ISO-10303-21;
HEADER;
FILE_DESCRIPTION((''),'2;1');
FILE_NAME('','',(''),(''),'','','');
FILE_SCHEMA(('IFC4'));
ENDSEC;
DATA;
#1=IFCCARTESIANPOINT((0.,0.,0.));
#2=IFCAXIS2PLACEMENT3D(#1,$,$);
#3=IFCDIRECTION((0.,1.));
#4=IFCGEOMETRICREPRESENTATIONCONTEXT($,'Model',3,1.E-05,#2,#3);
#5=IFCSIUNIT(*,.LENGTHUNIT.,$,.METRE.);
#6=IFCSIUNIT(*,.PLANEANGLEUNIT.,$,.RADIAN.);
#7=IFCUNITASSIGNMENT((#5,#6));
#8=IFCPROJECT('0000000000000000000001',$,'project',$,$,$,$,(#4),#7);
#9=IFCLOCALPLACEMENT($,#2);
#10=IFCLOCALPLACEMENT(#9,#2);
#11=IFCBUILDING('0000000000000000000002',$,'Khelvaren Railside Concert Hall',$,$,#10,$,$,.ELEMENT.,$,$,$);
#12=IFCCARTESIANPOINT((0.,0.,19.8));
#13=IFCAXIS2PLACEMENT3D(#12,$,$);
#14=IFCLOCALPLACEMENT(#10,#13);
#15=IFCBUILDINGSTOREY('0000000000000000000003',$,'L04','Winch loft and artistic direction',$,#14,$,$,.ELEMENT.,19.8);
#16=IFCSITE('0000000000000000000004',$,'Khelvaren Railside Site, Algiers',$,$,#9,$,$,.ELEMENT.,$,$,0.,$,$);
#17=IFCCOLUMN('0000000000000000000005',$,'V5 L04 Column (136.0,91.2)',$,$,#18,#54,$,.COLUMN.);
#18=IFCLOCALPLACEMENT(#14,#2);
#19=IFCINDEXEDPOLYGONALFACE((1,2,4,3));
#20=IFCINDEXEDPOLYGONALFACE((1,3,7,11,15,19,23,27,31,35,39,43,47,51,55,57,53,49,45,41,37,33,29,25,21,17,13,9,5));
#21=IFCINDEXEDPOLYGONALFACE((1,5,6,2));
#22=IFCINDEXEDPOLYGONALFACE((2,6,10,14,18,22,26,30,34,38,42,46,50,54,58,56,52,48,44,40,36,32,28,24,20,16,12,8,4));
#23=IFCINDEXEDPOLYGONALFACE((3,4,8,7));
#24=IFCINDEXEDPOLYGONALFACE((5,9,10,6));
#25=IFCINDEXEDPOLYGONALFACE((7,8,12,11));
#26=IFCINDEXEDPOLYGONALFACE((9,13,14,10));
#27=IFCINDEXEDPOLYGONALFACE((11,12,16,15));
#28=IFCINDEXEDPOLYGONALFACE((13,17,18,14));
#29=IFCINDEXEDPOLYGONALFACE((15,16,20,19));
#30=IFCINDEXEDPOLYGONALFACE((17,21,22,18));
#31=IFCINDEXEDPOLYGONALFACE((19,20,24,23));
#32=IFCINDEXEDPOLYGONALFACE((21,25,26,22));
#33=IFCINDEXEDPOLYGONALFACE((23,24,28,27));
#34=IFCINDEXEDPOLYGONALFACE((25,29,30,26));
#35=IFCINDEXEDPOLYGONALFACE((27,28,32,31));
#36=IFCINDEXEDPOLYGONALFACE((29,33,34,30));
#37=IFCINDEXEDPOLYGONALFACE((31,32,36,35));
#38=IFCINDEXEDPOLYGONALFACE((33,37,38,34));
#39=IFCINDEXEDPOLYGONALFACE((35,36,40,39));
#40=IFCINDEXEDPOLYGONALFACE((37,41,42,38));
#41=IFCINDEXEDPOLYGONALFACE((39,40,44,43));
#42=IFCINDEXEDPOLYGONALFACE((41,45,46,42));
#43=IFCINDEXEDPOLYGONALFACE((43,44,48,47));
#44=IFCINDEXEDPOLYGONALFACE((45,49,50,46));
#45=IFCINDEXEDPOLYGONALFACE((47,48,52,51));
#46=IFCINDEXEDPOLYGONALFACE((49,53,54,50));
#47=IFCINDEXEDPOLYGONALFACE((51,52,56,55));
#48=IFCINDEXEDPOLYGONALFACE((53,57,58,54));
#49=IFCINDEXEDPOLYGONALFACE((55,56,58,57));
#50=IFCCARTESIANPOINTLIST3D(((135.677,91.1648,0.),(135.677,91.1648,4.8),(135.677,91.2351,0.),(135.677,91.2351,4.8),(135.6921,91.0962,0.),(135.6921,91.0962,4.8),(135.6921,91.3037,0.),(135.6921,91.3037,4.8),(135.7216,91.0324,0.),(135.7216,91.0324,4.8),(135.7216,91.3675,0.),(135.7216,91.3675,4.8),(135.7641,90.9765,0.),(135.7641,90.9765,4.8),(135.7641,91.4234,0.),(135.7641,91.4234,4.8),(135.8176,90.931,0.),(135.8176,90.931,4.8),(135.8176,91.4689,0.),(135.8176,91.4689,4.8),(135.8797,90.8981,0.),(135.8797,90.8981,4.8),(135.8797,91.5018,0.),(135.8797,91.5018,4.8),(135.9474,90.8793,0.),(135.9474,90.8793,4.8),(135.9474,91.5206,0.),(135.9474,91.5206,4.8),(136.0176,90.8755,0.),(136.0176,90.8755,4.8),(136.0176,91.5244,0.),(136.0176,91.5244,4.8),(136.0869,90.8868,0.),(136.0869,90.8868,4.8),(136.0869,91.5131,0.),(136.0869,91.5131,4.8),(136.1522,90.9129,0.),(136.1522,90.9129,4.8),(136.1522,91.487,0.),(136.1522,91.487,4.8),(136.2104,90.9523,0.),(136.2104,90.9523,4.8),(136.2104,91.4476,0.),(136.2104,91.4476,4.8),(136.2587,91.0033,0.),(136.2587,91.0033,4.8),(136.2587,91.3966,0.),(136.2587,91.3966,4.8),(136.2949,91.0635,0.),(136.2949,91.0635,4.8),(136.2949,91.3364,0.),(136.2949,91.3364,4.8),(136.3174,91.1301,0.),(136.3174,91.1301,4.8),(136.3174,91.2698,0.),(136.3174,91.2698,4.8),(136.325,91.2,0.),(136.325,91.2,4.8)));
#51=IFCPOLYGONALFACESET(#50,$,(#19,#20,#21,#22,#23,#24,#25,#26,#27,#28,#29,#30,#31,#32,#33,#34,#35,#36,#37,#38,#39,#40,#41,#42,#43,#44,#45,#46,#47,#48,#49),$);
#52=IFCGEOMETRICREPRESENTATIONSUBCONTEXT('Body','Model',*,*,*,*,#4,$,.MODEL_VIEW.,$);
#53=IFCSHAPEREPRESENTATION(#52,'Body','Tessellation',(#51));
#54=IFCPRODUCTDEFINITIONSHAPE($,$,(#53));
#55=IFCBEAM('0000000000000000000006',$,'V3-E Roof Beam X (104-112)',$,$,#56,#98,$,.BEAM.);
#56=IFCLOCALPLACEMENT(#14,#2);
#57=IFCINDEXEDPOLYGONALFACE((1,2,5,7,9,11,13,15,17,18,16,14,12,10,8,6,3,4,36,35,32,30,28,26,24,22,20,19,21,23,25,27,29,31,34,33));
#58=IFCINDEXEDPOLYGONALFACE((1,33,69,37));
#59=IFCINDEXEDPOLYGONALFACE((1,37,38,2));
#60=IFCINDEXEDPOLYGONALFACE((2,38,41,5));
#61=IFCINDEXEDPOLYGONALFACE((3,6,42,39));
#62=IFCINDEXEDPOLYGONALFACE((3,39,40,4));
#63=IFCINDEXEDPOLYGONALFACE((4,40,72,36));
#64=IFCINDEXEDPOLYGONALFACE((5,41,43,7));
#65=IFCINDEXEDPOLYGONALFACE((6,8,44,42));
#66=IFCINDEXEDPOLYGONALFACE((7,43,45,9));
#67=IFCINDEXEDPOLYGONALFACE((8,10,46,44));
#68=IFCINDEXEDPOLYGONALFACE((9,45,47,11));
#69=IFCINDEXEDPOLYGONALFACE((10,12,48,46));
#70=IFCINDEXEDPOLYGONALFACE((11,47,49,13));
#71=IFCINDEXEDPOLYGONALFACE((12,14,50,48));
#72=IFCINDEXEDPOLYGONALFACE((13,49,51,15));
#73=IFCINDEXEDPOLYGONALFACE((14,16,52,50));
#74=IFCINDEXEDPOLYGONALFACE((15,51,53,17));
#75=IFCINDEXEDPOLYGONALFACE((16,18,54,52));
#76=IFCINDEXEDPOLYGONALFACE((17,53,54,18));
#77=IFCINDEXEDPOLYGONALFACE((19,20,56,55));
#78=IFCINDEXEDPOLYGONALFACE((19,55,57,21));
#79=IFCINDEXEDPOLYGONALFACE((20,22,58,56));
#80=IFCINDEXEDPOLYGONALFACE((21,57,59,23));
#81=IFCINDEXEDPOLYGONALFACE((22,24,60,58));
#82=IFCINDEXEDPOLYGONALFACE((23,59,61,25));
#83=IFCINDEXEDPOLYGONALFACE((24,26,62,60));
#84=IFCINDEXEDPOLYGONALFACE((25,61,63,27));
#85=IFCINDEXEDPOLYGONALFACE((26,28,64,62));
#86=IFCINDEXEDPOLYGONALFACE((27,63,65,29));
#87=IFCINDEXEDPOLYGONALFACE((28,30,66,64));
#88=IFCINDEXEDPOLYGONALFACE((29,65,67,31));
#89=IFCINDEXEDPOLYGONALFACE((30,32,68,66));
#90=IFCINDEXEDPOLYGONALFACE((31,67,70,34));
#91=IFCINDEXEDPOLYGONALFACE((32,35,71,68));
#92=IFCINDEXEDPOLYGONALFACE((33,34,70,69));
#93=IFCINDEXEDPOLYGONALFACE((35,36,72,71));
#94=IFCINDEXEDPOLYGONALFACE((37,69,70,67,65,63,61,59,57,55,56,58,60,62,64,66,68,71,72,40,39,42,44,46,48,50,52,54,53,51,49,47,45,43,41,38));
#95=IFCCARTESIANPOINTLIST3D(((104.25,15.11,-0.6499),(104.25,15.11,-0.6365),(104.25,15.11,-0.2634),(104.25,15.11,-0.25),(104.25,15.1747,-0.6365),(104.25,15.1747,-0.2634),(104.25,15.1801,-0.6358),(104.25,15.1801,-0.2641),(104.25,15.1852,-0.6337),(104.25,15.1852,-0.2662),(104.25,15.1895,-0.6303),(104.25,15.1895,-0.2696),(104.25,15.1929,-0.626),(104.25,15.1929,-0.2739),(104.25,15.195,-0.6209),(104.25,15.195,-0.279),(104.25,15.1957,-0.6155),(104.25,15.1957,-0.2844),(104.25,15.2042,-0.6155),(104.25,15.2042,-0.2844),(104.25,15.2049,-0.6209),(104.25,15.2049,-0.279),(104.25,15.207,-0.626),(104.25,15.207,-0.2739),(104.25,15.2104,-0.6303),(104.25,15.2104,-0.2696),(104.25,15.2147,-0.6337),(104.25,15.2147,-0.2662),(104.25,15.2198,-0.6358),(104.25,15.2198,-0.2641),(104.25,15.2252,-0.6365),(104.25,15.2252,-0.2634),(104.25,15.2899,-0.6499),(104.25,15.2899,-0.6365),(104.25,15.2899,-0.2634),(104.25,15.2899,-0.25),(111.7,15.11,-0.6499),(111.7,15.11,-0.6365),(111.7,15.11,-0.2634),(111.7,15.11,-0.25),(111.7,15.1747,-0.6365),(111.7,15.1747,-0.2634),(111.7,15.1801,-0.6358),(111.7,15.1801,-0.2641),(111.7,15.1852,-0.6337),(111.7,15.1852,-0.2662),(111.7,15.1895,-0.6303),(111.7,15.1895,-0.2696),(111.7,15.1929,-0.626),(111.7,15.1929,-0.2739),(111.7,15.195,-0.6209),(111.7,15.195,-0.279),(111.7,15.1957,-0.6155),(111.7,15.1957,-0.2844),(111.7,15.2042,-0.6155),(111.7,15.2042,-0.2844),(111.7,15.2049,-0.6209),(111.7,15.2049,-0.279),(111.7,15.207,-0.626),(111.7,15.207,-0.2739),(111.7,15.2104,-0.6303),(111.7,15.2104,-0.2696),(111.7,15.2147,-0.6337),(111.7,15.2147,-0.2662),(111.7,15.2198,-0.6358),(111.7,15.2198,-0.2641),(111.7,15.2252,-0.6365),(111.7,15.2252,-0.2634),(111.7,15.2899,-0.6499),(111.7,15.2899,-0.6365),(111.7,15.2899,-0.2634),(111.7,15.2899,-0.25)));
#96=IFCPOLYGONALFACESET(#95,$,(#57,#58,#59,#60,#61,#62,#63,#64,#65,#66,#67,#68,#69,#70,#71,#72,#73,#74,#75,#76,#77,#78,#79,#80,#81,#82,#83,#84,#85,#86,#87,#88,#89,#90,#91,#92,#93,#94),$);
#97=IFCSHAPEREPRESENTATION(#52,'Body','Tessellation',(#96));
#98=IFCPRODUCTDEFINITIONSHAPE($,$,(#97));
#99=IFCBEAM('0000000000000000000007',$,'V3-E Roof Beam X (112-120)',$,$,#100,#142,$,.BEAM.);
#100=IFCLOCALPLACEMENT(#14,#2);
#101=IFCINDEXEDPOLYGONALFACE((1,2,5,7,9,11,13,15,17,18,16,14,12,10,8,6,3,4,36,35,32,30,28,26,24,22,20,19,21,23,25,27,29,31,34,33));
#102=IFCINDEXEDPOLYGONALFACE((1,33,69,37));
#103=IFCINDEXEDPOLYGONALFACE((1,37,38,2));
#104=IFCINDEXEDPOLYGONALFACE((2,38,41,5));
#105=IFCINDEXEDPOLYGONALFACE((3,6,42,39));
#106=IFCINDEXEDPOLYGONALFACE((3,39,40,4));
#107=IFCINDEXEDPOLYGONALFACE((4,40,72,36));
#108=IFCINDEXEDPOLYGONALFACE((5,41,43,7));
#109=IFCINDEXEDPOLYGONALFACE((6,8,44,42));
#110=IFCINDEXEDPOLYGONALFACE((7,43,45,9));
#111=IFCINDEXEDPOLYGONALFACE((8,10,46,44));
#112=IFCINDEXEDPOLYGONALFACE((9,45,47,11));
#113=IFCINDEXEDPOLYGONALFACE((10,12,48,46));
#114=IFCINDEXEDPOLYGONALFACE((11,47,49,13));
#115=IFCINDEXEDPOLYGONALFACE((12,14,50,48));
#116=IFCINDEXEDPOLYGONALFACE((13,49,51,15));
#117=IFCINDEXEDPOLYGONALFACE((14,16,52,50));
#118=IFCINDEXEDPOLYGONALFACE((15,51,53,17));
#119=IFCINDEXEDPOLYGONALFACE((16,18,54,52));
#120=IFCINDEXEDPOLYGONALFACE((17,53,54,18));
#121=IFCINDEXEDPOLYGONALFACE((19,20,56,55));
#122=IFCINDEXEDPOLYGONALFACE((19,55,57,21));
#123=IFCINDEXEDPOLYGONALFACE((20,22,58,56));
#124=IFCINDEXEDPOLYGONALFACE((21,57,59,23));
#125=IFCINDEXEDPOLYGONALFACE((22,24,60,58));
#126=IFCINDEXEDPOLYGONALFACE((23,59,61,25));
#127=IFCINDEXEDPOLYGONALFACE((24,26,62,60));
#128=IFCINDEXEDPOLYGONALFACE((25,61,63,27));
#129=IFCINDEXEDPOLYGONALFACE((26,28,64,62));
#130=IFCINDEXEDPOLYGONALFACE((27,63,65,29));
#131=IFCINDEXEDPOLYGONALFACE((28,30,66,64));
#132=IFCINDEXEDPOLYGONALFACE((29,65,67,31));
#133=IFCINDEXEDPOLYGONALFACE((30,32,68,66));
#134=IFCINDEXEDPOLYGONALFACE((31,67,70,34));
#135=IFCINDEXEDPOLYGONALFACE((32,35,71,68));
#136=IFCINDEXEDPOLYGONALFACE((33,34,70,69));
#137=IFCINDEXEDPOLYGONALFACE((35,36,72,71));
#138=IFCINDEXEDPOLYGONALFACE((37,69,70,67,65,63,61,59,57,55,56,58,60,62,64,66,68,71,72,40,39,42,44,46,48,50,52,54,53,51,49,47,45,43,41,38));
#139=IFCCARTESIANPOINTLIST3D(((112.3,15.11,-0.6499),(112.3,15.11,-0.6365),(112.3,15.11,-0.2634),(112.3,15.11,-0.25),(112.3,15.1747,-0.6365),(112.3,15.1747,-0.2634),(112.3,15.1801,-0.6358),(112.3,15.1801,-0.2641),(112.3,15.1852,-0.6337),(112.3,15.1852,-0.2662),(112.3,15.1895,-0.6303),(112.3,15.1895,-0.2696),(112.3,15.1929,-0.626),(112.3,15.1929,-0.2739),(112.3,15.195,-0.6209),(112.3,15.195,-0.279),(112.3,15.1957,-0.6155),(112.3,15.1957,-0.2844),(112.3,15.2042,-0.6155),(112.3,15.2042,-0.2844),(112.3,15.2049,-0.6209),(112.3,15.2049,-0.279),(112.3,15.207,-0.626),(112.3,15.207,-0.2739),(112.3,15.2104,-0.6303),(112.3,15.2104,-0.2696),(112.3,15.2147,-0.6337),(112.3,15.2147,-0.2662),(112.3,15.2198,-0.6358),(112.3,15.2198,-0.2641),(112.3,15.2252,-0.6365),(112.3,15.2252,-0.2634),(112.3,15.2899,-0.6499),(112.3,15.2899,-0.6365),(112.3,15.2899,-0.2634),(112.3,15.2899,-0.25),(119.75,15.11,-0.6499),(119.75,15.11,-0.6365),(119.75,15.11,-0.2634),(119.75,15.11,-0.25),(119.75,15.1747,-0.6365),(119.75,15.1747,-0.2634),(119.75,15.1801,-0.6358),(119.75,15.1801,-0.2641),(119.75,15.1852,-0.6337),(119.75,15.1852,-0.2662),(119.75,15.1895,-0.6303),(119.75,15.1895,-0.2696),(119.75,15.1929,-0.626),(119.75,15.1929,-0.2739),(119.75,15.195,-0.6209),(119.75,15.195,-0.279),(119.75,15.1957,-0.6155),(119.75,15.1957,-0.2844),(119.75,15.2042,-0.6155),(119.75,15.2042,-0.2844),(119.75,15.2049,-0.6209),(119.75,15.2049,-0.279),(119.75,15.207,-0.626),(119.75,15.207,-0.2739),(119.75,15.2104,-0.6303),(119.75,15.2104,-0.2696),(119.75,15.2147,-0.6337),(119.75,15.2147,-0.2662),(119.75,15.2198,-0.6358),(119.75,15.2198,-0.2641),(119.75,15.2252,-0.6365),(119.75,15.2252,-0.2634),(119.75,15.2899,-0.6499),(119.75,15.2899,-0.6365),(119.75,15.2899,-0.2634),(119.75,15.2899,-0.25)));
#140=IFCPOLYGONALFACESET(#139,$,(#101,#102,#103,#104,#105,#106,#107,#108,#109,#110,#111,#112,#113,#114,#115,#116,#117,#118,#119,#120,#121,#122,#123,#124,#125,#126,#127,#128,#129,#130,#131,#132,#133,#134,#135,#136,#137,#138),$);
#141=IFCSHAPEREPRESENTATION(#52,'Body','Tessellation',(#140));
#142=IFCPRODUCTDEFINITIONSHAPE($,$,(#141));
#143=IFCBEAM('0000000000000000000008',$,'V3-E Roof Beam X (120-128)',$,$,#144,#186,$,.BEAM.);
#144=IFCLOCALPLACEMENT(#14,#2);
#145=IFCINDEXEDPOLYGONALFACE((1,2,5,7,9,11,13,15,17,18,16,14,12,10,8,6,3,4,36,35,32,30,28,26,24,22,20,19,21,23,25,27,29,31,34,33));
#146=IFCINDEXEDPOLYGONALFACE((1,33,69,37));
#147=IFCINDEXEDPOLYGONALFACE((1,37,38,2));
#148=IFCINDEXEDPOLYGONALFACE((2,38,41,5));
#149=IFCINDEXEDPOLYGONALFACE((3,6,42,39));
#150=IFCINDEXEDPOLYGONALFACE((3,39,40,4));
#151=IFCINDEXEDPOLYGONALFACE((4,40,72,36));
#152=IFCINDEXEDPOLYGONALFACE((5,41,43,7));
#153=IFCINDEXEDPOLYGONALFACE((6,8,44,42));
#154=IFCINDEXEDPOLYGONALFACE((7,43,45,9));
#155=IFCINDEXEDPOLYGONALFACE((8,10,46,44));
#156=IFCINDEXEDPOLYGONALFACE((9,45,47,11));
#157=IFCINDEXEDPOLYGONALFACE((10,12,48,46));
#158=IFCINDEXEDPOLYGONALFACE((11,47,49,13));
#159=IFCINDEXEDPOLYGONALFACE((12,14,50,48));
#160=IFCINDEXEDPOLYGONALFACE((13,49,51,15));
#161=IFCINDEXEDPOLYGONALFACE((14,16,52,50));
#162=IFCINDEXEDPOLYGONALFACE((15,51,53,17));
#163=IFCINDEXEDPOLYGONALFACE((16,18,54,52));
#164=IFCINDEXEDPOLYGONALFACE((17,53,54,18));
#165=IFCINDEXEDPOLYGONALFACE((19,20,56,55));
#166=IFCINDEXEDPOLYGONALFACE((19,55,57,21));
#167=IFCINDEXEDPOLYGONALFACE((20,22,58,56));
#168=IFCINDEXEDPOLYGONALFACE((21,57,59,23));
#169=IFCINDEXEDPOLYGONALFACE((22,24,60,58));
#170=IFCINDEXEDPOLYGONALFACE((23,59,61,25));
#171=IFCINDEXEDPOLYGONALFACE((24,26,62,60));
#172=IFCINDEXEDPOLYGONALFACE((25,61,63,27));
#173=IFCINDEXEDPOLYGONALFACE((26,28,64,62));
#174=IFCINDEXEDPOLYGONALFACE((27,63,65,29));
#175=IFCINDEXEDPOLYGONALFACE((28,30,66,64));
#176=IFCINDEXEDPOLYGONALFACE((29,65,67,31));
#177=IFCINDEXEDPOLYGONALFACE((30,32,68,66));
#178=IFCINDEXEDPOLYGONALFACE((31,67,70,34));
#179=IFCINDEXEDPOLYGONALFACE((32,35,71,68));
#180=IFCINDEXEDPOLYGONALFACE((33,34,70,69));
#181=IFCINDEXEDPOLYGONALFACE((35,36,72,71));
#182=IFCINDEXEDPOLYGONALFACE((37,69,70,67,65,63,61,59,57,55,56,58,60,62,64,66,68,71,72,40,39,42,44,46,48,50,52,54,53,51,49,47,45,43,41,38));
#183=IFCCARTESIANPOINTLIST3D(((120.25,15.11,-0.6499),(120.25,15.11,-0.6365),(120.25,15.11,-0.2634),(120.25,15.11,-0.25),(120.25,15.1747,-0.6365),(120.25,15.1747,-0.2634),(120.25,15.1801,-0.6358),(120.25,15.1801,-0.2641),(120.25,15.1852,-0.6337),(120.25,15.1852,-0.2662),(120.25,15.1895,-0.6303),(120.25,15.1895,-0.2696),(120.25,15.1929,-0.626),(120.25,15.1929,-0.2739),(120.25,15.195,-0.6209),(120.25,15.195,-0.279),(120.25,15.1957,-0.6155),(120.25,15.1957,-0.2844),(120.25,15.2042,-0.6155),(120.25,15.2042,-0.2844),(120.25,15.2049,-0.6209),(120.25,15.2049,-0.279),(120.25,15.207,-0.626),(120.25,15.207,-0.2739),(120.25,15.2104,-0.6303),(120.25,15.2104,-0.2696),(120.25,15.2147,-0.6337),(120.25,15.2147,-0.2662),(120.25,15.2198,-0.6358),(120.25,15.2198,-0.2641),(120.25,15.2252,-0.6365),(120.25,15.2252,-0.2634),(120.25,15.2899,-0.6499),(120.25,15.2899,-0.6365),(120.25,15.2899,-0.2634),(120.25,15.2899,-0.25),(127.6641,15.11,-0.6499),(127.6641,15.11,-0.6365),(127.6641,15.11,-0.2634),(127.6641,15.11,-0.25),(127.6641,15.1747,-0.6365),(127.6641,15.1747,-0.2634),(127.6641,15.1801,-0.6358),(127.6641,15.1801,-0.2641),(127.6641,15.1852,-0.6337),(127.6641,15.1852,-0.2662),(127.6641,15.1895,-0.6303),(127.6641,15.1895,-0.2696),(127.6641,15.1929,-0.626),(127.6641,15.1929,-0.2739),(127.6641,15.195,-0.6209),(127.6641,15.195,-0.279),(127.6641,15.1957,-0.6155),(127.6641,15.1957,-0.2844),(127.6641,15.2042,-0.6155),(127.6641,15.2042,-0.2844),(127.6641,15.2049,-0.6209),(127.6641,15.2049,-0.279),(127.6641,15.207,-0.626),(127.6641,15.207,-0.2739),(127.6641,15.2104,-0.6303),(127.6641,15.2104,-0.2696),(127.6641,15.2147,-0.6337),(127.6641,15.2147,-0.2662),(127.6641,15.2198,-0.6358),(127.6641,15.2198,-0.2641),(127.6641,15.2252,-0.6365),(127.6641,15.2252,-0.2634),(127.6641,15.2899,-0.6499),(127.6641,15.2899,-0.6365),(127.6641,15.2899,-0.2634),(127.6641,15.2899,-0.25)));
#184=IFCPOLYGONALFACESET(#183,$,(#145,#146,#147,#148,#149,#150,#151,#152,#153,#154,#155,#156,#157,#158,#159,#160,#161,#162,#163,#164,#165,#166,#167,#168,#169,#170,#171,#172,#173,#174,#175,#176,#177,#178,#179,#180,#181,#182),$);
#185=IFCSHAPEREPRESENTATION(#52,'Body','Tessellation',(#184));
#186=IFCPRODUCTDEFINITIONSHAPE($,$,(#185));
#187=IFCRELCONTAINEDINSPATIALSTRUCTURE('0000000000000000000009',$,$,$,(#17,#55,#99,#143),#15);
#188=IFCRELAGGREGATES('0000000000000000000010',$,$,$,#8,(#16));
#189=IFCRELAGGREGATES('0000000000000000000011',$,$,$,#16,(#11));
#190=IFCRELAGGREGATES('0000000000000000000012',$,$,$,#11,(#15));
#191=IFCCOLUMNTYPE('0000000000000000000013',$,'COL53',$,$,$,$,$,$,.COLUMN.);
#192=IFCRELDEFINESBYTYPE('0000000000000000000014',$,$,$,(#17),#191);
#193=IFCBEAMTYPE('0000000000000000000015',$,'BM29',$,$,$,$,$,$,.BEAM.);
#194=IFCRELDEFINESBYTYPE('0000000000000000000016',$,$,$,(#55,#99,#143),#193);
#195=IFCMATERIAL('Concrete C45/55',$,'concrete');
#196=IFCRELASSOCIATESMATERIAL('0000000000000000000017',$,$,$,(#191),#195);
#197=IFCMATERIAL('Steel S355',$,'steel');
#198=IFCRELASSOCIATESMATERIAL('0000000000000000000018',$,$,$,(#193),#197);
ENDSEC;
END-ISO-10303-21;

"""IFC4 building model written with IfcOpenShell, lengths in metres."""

from ifc_helpers import new_model, si_unit, direction, frame, origin, origin_2d, place, context, subcontext, project, spatial, circle, i_section, extrude, material, material_profile, profile_set, type_object, element, save


model = new_model("IFC4")

# Units and contexts
model_context = context("Model", 3, precision=1e-05, world=origin(), true_north=direction((0.0, 1.0)))
body_context = subcontext(model_context, "Body", "Model", "MODEL_VIEW")
ifc_project = project(units=[si_unit("LENGTHUNIT", "METRE"), si_unit("PLANEANGLEUNIT", "RADIAN")], contexts=[model_context])

# Site, building, storey
site_placement = place(None, origin())
site = spatial("IfcSite", under=ifc_project, at=site_placement, Name="Khelvaren Railside Site, Algiers", CompositionType="ELEMENT", RefElevation=0.0)
building_placement = place(site_placement, origin())
building = spatial("IfcBuilding", under=site, at=building_placement, Name="Khelvaren Railside Concert Hall", CompositionType="ELEMENT")
storey_placement = place(building_placement, frame((0.0, 0.0, 19.8)))
storey = spatial("IfcBuildingStorey", under=building, at=storey_placement, Name="L04", Description="Winch loft and artistic direction", CompositionType="ELEMENT", Elevation=19.8)

# Column
ifc_material_1 = material(Name="Concrete C45/55", Category="concrete")
ifc_material_profile_1 = material_profile(ifc_material_1, circle(Radius=0.325, at=origin_2d()), Name="RC D650")
ifc_profile_set_1 = profile_set([ifc_material_profile_1], Name="Concrete C45/55")
column_type = type_object("IfcColumnType", Name="COL53", PredefinedType="COLUMN", material=ifc_profile_set_1)
column_placement = place(storey_placement, frame((136.0, 91.2, 0.0), z_axis=(0.0, 0.0, 1.0), x_axis=(1.0, 0.0, 0.0)))
element("IfcColumn", 1, at=column_placement, inside=storey, type_object=column_type, Name="V5 L04 Column (136.0,91.2)", PredefinedType="COLUMN", context=body_context, shape_type="SweptSolid", body=[
    extrude(circle(Radius=0.325, at=origin_2d()), origin(), (0.0, 0.0, 1.0), 4.8),
])

# Beams
ifc_material_2 = material(Name="Steel S355", Category="steel")
ifc_material_profile_2 = material_profile(ifc_material_2, i_section(OverallWidth=0.1799, OverallDepth=0.3999, WebThickness=0.0085, FlangeThickness=0.0134, FilletRadius=0.021, at=origin_2d()), Name="IPE 400")
ifc_profile_set_2 = profile_set([ifc_material_profile_2], Name="Steel S355")
beam_type = type_object("IfcBeamType", Name="BM29", PredefinedType="BEAM", material=ifc_profile_set_2)
for number, where, z_axis, x_axis, name in (
    (2, (104.25, 15.2, -0.45), (1.0, 0.0, 0.0), (0.0, 1.0, 0.0), "V3-E Roof Beam X (104-112)"),
    (3, (112.3, 15.2, -0.45), (1.0, 0.0, 0.0), (0.0, 1.0, 0.0), "V3-E Roof Beam X (112-120)"),
):
    element("IfcBeam", number, at=place(storey_placement, frame(where, z_axis=z_axis, x_axis=x_axis)), inside=storey, type_object=beam_type, Name=name, PredefinedType="BEAM", context=body_context, shape_type="SweptSolid", body=[
        extrude(i_section(OverallWidth=0.1799, OverallDepth=0.3999, WebThickness=0.0085, FlangeThickness=0.0134, FilletRadius=0.021, at=origin_2d()), origin(), (0.0, 0.0, 1.0), 7.45),
    ])
beam_1_placement = place(storey_placement, frame((120.25, 15.2, -0.45), z_axis=(1.0, 0.0, 0.0), x_axis=(0.0, 1.0, 0.0)))
element("IfcBeam", 4, at=beam_1_placement, inside=storey, type_object=beam_type, Name="V3-E Roof Beam X (120-128)", PredefinedType="BEAM", context=body_context, shape_type="SweptSolid", body=[
    extrude(i_section(OverallWidth=0.1799, OverallDepth=0.3999, WebThickness=0.0085, FlangeThickness=0.0134, FilletRadius=0.021, at=origin_2d()), origin(), (0.0, 0.0, 1.0), 7.4141),
])

save(model, "model.ifc")
